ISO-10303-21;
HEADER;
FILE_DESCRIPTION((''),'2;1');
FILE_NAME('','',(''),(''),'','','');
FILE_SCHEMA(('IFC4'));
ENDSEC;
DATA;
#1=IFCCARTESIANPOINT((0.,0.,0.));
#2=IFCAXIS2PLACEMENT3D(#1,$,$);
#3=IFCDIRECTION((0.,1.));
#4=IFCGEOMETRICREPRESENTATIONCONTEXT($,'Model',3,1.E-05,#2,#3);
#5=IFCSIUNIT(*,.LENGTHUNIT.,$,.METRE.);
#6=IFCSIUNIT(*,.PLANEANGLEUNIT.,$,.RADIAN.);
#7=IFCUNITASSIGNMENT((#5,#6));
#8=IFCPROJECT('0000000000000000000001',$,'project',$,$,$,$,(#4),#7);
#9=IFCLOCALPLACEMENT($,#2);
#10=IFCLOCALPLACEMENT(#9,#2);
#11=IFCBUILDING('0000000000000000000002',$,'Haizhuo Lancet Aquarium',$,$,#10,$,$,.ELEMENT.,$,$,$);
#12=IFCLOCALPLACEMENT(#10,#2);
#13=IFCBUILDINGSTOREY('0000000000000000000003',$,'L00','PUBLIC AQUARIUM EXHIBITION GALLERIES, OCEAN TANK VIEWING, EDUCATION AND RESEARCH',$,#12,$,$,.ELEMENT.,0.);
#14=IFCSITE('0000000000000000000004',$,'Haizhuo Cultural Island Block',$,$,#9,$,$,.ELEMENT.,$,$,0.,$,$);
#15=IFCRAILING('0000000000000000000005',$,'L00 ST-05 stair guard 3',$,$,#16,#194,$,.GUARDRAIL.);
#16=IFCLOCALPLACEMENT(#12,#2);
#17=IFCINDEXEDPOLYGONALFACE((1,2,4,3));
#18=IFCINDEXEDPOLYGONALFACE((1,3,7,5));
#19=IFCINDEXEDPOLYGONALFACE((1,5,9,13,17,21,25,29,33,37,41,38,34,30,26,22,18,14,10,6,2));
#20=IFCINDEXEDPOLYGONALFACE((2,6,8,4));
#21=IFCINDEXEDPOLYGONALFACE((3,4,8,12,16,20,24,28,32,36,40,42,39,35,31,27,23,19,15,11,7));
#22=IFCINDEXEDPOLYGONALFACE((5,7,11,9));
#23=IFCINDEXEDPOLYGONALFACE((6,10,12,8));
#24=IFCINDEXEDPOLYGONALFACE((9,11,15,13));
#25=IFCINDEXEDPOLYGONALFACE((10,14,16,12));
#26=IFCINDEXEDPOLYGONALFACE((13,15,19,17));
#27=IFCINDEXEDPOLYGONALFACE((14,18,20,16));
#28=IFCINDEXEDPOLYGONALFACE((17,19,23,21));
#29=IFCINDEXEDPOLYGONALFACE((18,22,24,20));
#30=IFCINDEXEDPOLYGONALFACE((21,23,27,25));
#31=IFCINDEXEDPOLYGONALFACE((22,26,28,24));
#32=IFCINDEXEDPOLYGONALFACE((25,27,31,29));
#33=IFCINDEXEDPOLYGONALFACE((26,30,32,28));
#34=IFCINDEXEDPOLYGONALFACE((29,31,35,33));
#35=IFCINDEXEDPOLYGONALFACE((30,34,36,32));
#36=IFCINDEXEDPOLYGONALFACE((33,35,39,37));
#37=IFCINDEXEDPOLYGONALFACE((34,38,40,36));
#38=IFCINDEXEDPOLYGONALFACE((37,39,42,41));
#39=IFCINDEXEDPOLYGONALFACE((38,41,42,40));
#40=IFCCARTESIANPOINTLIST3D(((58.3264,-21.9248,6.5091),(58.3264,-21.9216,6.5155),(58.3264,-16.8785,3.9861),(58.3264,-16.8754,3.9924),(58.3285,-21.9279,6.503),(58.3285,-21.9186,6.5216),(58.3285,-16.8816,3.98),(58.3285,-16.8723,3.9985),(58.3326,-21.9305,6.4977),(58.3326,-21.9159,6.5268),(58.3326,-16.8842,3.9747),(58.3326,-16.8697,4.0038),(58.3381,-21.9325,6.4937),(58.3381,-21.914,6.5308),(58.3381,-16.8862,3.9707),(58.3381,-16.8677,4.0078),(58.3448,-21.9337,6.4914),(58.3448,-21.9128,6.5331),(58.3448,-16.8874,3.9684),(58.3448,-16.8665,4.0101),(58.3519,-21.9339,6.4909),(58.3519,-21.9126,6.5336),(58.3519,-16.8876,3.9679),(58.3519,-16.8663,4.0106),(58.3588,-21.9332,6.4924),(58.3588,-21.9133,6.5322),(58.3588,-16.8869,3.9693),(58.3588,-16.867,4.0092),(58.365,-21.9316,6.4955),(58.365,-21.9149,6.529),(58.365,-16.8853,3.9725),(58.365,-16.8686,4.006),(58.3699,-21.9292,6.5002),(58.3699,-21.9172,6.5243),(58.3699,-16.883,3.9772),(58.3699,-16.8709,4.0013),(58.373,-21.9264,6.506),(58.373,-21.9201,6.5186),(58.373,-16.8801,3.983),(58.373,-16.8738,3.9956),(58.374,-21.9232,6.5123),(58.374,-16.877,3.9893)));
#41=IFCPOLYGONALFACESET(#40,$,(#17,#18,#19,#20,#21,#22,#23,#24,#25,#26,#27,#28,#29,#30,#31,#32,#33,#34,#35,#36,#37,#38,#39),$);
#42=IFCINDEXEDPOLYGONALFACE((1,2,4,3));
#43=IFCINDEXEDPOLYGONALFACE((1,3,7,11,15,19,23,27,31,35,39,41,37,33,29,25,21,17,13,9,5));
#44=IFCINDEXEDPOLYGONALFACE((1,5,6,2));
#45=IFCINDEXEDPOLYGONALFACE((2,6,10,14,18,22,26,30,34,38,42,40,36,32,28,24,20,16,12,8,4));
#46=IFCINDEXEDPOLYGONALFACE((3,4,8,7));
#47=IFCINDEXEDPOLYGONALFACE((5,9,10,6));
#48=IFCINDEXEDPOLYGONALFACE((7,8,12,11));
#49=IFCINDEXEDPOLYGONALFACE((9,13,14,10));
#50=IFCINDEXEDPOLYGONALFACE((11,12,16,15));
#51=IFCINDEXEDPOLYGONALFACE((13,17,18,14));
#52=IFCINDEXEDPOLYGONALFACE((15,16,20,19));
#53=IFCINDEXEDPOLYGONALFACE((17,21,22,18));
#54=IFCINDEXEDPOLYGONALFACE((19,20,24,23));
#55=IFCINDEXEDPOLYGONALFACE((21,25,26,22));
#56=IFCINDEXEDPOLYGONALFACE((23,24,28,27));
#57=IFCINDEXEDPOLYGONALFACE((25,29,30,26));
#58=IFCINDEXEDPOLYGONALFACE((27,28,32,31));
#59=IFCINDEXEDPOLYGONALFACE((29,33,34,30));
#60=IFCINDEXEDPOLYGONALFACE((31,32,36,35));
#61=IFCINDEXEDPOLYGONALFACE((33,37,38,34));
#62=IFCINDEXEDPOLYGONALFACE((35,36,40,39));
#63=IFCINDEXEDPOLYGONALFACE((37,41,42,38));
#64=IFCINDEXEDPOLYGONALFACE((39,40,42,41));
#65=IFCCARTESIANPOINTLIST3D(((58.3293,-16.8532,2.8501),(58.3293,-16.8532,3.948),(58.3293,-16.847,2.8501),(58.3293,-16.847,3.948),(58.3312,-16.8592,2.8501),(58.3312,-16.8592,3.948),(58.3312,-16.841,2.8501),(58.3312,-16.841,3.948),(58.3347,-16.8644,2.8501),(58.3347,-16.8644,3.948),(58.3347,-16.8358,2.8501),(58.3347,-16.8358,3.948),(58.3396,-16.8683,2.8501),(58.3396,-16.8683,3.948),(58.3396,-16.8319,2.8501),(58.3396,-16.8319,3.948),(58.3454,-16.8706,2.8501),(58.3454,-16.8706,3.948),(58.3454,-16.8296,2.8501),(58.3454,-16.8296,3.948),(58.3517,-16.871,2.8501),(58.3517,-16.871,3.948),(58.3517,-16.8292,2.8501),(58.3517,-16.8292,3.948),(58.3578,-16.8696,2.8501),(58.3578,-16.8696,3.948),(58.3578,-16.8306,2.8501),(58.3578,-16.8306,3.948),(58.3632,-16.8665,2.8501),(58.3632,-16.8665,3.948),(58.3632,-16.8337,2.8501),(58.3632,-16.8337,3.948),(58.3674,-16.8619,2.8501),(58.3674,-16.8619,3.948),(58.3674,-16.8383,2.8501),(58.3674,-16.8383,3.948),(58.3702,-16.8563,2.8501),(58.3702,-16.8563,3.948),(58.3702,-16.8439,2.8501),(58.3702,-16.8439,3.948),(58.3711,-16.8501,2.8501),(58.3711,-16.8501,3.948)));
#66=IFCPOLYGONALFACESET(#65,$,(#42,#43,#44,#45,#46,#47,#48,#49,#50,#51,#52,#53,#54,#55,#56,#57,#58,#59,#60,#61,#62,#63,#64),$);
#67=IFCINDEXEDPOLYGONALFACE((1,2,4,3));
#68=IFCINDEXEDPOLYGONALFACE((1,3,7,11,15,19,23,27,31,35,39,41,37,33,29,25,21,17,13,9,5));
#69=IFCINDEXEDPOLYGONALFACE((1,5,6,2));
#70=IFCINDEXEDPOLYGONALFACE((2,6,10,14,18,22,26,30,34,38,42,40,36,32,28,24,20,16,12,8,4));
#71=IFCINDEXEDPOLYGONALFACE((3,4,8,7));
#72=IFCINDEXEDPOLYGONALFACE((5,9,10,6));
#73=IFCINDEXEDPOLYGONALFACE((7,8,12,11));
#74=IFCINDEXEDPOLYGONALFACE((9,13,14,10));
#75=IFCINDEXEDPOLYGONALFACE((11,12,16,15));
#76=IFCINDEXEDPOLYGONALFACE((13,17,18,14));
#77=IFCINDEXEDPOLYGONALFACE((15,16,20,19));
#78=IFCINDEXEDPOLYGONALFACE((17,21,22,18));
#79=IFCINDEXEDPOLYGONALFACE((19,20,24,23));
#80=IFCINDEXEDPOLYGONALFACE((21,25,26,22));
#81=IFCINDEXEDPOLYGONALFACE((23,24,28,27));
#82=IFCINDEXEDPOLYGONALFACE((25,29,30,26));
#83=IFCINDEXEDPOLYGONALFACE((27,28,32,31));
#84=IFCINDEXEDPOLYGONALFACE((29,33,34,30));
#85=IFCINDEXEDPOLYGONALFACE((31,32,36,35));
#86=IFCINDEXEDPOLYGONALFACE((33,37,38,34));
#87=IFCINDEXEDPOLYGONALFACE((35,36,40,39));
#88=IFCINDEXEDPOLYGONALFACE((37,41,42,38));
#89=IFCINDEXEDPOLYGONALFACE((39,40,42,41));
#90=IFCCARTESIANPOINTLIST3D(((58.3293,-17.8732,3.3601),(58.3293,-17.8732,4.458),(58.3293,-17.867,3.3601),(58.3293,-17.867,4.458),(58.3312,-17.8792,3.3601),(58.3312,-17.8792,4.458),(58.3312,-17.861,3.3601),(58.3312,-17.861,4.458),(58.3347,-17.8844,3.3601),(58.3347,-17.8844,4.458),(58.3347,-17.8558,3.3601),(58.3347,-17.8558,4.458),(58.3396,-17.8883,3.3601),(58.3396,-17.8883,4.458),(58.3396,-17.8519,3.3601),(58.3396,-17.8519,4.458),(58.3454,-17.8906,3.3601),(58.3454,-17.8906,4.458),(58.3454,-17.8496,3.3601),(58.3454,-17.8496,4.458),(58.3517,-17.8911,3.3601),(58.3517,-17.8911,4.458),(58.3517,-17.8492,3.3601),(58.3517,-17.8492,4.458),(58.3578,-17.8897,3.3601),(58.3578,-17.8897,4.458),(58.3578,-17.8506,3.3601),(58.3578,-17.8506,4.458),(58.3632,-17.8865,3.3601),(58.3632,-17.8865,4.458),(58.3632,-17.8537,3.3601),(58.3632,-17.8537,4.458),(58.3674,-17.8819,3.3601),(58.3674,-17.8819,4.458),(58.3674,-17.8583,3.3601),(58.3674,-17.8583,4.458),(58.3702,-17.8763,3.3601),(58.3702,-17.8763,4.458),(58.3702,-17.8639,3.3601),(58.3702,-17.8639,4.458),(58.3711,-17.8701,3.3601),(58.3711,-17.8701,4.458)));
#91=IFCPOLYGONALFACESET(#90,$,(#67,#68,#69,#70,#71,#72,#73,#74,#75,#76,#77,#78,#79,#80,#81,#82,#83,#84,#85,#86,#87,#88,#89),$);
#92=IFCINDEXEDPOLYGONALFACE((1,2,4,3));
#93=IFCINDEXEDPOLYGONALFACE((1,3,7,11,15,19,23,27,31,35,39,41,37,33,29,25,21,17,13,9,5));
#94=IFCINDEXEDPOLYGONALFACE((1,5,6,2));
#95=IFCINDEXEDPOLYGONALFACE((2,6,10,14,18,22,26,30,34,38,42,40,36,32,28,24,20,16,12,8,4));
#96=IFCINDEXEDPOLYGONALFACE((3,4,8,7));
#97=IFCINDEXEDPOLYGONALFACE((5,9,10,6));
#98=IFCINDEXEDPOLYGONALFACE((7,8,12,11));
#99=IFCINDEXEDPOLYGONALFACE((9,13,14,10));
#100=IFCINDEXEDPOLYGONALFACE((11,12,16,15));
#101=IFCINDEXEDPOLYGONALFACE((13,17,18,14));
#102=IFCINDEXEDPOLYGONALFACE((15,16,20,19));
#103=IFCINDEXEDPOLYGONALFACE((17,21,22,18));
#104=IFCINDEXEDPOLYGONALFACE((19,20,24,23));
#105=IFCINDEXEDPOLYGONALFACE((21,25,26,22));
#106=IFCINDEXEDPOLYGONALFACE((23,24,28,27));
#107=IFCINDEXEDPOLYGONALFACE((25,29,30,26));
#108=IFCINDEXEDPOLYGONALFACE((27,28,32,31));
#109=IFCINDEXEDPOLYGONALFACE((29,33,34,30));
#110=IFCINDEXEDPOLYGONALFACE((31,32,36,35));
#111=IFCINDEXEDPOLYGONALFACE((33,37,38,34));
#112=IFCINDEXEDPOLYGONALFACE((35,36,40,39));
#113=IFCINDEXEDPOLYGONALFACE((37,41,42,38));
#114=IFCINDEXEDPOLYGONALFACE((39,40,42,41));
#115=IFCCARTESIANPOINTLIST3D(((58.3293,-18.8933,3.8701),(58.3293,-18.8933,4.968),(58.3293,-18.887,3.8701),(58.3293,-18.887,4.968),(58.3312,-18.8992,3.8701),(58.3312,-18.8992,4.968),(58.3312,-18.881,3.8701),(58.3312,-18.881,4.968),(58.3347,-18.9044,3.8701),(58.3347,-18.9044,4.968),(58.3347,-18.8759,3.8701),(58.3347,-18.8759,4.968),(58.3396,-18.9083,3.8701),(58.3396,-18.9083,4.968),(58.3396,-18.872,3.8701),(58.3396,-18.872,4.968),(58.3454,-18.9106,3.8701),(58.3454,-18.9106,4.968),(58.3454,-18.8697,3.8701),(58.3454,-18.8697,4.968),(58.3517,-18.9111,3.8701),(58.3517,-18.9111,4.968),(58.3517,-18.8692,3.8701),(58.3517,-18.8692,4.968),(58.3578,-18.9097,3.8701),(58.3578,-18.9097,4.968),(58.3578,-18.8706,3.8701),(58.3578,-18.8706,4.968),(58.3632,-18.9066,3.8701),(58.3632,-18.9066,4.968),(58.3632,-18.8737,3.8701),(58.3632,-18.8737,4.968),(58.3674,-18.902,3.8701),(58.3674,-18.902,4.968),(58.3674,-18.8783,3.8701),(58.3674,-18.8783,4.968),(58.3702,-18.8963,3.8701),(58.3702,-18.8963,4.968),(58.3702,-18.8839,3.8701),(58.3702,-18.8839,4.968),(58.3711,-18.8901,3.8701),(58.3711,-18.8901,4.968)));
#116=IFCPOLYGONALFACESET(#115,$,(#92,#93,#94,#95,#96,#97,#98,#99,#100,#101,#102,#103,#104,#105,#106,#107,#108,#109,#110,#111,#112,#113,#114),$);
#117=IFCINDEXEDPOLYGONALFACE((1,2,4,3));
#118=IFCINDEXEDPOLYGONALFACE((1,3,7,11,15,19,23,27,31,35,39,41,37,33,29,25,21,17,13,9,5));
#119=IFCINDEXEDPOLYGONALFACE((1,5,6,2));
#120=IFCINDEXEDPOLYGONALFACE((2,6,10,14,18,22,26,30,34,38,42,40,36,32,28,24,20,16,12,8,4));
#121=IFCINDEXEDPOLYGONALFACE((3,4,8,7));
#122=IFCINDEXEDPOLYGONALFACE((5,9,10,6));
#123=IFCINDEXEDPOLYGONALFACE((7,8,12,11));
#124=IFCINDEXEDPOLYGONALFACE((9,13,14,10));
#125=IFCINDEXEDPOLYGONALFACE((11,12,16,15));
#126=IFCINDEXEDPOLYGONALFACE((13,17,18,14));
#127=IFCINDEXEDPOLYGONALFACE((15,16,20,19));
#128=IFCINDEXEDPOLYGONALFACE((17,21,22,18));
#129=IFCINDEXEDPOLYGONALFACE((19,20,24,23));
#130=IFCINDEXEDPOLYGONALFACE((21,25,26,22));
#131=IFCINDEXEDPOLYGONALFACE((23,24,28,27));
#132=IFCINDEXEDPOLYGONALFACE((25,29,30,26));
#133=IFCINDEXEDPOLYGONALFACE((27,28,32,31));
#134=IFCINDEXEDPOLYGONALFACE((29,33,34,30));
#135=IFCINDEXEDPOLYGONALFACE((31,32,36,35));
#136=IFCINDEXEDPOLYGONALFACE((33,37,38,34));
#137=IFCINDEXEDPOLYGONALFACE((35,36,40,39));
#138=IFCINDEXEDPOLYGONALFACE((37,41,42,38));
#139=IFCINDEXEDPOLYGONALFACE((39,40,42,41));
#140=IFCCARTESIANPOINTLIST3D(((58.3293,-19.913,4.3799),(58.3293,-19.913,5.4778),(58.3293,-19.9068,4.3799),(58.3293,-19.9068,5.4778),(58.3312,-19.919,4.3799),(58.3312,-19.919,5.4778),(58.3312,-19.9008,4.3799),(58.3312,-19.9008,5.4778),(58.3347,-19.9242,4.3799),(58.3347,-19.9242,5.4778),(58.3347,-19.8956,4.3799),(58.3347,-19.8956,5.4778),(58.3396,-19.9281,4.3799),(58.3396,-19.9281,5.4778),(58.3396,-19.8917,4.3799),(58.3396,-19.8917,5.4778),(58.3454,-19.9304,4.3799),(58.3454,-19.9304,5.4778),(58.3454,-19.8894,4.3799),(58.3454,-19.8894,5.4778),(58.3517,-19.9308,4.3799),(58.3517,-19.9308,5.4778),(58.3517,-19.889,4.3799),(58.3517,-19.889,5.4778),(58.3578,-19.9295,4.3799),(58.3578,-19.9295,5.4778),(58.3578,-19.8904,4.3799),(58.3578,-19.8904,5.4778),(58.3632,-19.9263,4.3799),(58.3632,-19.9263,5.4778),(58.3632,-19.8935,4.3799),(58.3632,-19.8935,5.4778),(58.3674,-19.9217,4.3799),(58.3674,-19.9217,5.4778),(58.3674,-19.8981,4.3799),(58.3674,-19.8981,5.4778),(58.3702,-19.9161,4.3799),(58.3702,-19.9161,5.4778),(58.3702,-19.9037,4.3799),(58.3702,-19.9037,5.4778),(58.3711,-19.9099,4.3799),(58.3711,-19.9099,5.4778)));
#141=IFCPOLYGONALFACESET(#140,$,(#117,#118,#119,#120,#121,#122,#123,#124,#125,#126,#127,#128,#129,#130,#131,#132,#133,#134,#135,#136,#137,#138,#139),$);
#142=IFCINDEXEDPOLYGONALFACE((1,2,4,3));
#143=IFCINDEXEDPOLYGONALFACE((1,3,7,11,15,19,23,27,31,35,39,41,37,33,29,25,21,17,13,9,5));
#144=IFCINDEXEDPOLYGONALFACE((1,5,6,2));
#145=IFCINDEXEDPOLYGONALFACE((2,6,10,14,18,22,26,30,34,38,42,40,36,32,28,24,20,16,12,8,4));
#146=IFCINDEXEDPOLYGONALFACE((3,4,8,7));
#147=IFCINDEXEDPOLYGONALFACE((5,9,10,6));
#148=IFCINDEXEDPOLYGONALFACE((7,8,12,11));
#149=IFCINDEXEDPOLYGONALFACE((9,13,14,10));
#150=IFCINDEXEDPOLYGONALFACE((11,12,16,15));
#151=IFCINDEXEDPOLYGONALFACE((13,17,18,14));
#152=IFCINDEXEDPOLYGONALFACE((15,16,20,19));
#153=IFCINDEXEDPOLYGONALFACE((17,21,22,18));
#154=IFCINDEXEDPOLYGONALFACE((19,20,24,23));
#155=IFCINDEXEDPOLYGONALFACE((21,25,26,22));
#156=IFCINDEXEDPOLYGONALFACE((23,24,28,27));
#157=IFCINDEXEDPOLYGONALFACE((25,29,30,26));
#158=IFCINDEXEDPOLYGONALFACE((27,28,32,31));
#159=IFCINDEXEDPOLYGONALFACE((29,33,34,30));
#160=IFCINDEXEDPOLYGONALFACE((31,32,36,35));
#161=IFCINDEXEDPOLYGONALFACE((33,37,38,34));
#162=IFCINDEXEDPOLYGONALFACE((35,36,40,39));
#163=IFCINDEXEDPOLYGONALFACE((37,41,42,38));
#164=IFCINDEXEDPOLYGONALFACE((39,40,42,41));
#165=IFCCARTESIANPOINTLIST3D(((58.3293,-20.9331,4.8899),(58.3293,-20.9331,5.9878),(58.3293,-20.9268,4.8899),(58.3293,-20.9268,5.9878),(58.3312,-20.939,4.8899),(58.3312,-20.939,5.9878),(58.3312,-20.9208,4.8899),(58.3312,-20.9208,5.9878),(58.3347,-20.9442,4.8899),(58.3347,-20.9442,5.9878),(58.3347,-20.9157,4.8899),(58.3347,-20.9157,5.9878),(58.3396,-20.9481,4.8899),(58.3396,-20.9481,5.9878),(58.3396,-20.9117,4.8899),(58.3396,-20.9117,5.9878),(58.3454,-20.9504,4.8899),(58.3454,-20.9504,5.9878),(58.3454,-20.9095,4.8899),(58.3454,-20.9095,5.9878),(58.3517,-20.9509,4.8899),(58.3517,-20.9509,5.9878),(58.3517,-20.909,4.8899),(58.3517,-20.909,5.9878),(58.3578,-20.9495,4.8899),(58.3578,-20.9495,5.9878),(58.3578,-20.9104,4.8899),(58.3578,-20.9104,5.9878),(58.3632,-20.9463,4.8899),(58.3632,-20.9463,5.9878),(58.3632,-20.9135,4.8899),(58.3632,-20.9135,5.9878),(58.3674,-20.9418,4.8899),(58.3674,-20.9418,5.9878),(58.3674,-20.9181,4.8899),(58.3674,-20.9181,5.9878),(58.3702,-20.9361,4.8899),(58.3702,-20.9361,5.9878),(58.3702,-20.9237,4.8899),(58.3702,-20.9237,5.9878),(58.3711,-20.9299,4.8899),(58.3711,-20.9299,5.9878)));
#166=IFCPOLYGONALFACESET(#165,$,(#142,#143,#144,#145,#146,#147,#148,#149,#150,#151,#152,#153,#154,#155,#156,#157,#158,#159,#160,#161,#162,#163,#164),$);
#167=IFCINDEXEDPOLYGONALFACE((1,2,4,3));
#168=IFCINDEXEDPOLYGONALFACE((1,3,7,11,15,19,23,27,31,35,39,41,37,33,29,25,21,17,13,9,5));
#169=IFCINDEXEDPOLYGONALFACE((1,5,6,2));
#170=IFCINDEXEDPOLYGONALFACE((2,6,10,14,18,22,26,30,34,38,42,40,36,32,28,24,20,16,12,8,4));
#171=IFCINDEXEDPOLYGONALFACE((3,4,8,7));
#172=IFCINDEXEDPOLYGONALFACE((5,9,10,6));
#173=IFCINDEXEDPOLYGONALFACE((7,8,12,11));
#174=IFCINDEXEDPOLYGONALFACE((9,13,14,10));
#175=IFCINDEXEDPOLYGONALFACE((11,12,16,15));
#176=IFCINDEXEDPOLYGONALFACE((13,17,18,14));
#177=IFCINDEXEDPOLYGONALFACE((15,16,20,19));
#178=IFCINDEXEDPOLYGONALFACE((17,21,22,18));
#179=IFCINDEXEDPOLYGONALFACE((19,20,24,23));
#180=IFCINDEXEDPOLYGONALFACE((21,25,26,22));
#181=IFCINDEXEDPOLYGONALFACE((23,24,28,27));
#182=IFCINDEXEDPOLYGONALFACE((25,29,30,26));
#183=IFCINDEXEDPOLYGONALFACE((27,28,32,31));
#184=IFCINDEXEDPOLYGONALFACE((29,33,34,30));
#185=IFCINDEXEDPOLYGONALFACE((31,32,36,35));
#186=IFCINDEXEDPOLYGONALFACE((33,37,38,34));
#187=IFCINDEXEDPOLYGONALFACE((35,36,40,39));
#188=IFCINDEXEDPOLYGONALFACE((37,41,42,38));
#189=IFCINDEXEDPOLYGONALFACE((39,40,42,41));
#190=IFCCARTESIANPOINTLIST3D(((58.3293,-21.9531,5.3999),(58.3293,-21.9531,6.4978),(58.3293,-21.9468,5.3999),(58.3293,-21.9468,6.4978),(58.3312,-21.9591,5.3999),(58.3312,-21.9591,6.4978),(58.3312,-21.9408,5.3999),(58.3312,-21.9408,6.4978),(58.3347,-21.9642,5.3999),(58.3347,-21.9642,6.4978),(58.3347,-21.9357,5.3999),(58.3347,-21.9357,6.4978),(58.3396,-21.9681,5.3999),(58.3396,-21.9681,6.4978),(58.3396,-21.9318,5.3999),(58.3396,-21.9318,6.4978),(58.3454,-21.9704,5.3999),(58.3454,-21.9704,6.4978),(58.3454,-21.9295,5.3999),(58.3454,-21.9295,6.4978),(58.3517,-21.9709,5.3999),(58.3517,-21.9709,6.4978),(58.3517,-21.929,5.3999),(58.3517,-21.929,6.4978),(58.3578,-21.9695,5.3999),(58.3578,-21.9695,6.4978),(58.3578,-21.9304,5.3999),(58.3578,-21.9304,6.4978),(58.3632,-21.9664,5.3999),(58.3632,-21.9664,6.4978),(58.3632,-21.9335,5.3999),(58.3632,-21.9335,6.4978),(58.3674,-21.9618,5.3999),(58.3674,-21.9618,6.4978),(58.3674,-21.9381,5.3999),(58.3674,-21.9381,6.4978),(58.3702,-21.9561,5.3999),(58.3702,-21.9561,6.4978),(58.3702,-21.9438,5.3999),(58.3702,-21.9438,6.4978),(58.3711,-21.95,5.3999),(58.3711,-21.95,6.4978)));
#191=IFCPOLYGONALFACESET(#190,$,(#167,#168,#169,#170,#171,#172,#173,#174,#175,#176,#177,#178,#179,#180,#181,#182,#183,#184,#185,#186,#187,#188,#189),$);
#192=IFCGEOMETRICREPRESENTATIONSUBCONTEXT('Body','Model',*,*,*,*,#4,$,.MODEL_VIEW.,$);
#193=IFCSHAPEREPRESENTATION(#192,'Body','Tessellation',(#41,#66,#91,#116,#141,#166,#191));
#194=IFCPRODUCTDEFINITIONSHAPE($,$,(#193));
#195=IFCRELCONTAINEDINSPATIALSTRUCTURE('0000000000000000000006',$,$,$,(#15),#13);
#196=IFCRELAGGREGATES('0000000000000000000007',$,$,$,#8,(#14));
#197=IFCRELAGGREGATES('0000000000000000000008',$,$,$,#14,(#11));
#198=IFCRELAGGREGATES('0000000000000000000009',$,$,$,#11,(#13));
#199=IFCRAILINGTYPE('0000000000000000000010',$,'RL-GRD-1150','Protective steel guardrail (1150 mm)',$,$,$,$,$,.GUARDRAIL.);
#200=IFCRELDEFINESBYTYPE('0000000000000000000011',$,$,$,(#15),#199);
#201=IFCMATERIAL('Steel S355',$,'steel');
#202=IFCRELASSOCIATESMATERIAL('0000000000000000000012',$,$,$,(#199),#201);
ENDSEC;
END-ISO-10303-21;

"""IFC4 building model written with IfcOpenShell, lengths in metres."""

from ifc_helpers import new_model, si_unit, direction, frame, origin, origin_2d, place, context, subcontext, project, spatial, circle, extrude, material, type_object, element, save


model = new_model("IFC4")

# Units and contexts
model_context = context("Model", 3, precision=1e-05, world=origin(), true_north=direction((0.0, 1.0)))
body_context = subcontext(model_context, "Body", "Model", "MODEL_VIEW")
ifc_project = project(units=[si_unit("LENGTHUNIT", "METRE"), si_unit("PLANEANGLEUNIT", "RADIAN")], contexts=[model_context])

# Site, building, storey
site_placement = place(None, origin())
site = spatial("IfcSite", under=ifc_project, at=site_placement, Name="Haizhuo Cultural Island Block", CompositionType="ELEMENT", RefElevation=0.0)
building_placement = place(site_placement, origin())
building = spatial("IfcBuilding", under=site, at=building_placement, Name="Haizhuo Lancet Aquarium", CompositionType="ELEMENT")
storey_placement = place(building_placement, origin())
storey = spatial("IfcBuildingStorey", under=building, at=storey_placement, Name="L00", Description="PUBLIC AQUARIUM EXHIBITION GALLERIES, OCEAN TANK VIEWING, EDUCATION AND RESEARCH", CompositionType="ELEMENT", Elevation=0.0)

# Shared definitions
ifc_material_1 = material(Name="Steel S355", Category="steel")

# Railing
railing_type_1 = type_object("IfcRailingType", Name="RL-GRD-1150", Description="Protective steel guardrail (1150 mm)", PredefinedType="GUARDRAIL", material=ifc_material_1)
railing_1_placement = place(storey_placement, frame((58.3501, -16.8501, 2.8501)))
element("IfcRailing", 1, at=railing_1_placement, inside=storey, type_object=railing_type_1, Name="L00 ST-05 stair guard 3", PredefinedType="GUARDRAIL", context=body_context, shape_type="SweptSolid", body=[
    extrude(circle(Radius=0.0239, at=origin_2d()), frame((0.0, -0.0269, 1.1392), z_axis=(0.0, -0.894436, 0.447196), x_axis=(1.0, 0.0, 0.0)), (0.0, 0.0, 1.0), 5.6418),
    extrude(circle(Radius=0.021, at=origin_2d()), origin(), (0.0, 0.0, 1.0), 1.0979),
    extrude(circle(Radius=0.021, at=origin_2d()), frame((0.0, -1.02, 0.51)), (0.0, 0.0, 1.0), 1.0979),
    extrude(circle(Radius=0.021, at=origin_2d()), frame((0.0, -2.04, 1.02)), (0.0, 0.0, 1.0), 1.0979),
    extrude(circle(Radius=0.021, at=origin_2d()), frame((0.0, -3.0598, 1.5298)), (0.0, 0.0, 1.0), 1.0979),
    extrude(circle(Radius=0.021, at=origin_2d()), frame((0.0, -4.0798, 2.0398)), (0.0, 0.0, 1.0), 1.0979),
    extrude(circle(Radius=0.021, at=origin_2d()), frame((0.0, -5.0999, 2.5498)), (0.0, 0.0, 1.0), 1.0979),
])

save(model, "model.ifc")
